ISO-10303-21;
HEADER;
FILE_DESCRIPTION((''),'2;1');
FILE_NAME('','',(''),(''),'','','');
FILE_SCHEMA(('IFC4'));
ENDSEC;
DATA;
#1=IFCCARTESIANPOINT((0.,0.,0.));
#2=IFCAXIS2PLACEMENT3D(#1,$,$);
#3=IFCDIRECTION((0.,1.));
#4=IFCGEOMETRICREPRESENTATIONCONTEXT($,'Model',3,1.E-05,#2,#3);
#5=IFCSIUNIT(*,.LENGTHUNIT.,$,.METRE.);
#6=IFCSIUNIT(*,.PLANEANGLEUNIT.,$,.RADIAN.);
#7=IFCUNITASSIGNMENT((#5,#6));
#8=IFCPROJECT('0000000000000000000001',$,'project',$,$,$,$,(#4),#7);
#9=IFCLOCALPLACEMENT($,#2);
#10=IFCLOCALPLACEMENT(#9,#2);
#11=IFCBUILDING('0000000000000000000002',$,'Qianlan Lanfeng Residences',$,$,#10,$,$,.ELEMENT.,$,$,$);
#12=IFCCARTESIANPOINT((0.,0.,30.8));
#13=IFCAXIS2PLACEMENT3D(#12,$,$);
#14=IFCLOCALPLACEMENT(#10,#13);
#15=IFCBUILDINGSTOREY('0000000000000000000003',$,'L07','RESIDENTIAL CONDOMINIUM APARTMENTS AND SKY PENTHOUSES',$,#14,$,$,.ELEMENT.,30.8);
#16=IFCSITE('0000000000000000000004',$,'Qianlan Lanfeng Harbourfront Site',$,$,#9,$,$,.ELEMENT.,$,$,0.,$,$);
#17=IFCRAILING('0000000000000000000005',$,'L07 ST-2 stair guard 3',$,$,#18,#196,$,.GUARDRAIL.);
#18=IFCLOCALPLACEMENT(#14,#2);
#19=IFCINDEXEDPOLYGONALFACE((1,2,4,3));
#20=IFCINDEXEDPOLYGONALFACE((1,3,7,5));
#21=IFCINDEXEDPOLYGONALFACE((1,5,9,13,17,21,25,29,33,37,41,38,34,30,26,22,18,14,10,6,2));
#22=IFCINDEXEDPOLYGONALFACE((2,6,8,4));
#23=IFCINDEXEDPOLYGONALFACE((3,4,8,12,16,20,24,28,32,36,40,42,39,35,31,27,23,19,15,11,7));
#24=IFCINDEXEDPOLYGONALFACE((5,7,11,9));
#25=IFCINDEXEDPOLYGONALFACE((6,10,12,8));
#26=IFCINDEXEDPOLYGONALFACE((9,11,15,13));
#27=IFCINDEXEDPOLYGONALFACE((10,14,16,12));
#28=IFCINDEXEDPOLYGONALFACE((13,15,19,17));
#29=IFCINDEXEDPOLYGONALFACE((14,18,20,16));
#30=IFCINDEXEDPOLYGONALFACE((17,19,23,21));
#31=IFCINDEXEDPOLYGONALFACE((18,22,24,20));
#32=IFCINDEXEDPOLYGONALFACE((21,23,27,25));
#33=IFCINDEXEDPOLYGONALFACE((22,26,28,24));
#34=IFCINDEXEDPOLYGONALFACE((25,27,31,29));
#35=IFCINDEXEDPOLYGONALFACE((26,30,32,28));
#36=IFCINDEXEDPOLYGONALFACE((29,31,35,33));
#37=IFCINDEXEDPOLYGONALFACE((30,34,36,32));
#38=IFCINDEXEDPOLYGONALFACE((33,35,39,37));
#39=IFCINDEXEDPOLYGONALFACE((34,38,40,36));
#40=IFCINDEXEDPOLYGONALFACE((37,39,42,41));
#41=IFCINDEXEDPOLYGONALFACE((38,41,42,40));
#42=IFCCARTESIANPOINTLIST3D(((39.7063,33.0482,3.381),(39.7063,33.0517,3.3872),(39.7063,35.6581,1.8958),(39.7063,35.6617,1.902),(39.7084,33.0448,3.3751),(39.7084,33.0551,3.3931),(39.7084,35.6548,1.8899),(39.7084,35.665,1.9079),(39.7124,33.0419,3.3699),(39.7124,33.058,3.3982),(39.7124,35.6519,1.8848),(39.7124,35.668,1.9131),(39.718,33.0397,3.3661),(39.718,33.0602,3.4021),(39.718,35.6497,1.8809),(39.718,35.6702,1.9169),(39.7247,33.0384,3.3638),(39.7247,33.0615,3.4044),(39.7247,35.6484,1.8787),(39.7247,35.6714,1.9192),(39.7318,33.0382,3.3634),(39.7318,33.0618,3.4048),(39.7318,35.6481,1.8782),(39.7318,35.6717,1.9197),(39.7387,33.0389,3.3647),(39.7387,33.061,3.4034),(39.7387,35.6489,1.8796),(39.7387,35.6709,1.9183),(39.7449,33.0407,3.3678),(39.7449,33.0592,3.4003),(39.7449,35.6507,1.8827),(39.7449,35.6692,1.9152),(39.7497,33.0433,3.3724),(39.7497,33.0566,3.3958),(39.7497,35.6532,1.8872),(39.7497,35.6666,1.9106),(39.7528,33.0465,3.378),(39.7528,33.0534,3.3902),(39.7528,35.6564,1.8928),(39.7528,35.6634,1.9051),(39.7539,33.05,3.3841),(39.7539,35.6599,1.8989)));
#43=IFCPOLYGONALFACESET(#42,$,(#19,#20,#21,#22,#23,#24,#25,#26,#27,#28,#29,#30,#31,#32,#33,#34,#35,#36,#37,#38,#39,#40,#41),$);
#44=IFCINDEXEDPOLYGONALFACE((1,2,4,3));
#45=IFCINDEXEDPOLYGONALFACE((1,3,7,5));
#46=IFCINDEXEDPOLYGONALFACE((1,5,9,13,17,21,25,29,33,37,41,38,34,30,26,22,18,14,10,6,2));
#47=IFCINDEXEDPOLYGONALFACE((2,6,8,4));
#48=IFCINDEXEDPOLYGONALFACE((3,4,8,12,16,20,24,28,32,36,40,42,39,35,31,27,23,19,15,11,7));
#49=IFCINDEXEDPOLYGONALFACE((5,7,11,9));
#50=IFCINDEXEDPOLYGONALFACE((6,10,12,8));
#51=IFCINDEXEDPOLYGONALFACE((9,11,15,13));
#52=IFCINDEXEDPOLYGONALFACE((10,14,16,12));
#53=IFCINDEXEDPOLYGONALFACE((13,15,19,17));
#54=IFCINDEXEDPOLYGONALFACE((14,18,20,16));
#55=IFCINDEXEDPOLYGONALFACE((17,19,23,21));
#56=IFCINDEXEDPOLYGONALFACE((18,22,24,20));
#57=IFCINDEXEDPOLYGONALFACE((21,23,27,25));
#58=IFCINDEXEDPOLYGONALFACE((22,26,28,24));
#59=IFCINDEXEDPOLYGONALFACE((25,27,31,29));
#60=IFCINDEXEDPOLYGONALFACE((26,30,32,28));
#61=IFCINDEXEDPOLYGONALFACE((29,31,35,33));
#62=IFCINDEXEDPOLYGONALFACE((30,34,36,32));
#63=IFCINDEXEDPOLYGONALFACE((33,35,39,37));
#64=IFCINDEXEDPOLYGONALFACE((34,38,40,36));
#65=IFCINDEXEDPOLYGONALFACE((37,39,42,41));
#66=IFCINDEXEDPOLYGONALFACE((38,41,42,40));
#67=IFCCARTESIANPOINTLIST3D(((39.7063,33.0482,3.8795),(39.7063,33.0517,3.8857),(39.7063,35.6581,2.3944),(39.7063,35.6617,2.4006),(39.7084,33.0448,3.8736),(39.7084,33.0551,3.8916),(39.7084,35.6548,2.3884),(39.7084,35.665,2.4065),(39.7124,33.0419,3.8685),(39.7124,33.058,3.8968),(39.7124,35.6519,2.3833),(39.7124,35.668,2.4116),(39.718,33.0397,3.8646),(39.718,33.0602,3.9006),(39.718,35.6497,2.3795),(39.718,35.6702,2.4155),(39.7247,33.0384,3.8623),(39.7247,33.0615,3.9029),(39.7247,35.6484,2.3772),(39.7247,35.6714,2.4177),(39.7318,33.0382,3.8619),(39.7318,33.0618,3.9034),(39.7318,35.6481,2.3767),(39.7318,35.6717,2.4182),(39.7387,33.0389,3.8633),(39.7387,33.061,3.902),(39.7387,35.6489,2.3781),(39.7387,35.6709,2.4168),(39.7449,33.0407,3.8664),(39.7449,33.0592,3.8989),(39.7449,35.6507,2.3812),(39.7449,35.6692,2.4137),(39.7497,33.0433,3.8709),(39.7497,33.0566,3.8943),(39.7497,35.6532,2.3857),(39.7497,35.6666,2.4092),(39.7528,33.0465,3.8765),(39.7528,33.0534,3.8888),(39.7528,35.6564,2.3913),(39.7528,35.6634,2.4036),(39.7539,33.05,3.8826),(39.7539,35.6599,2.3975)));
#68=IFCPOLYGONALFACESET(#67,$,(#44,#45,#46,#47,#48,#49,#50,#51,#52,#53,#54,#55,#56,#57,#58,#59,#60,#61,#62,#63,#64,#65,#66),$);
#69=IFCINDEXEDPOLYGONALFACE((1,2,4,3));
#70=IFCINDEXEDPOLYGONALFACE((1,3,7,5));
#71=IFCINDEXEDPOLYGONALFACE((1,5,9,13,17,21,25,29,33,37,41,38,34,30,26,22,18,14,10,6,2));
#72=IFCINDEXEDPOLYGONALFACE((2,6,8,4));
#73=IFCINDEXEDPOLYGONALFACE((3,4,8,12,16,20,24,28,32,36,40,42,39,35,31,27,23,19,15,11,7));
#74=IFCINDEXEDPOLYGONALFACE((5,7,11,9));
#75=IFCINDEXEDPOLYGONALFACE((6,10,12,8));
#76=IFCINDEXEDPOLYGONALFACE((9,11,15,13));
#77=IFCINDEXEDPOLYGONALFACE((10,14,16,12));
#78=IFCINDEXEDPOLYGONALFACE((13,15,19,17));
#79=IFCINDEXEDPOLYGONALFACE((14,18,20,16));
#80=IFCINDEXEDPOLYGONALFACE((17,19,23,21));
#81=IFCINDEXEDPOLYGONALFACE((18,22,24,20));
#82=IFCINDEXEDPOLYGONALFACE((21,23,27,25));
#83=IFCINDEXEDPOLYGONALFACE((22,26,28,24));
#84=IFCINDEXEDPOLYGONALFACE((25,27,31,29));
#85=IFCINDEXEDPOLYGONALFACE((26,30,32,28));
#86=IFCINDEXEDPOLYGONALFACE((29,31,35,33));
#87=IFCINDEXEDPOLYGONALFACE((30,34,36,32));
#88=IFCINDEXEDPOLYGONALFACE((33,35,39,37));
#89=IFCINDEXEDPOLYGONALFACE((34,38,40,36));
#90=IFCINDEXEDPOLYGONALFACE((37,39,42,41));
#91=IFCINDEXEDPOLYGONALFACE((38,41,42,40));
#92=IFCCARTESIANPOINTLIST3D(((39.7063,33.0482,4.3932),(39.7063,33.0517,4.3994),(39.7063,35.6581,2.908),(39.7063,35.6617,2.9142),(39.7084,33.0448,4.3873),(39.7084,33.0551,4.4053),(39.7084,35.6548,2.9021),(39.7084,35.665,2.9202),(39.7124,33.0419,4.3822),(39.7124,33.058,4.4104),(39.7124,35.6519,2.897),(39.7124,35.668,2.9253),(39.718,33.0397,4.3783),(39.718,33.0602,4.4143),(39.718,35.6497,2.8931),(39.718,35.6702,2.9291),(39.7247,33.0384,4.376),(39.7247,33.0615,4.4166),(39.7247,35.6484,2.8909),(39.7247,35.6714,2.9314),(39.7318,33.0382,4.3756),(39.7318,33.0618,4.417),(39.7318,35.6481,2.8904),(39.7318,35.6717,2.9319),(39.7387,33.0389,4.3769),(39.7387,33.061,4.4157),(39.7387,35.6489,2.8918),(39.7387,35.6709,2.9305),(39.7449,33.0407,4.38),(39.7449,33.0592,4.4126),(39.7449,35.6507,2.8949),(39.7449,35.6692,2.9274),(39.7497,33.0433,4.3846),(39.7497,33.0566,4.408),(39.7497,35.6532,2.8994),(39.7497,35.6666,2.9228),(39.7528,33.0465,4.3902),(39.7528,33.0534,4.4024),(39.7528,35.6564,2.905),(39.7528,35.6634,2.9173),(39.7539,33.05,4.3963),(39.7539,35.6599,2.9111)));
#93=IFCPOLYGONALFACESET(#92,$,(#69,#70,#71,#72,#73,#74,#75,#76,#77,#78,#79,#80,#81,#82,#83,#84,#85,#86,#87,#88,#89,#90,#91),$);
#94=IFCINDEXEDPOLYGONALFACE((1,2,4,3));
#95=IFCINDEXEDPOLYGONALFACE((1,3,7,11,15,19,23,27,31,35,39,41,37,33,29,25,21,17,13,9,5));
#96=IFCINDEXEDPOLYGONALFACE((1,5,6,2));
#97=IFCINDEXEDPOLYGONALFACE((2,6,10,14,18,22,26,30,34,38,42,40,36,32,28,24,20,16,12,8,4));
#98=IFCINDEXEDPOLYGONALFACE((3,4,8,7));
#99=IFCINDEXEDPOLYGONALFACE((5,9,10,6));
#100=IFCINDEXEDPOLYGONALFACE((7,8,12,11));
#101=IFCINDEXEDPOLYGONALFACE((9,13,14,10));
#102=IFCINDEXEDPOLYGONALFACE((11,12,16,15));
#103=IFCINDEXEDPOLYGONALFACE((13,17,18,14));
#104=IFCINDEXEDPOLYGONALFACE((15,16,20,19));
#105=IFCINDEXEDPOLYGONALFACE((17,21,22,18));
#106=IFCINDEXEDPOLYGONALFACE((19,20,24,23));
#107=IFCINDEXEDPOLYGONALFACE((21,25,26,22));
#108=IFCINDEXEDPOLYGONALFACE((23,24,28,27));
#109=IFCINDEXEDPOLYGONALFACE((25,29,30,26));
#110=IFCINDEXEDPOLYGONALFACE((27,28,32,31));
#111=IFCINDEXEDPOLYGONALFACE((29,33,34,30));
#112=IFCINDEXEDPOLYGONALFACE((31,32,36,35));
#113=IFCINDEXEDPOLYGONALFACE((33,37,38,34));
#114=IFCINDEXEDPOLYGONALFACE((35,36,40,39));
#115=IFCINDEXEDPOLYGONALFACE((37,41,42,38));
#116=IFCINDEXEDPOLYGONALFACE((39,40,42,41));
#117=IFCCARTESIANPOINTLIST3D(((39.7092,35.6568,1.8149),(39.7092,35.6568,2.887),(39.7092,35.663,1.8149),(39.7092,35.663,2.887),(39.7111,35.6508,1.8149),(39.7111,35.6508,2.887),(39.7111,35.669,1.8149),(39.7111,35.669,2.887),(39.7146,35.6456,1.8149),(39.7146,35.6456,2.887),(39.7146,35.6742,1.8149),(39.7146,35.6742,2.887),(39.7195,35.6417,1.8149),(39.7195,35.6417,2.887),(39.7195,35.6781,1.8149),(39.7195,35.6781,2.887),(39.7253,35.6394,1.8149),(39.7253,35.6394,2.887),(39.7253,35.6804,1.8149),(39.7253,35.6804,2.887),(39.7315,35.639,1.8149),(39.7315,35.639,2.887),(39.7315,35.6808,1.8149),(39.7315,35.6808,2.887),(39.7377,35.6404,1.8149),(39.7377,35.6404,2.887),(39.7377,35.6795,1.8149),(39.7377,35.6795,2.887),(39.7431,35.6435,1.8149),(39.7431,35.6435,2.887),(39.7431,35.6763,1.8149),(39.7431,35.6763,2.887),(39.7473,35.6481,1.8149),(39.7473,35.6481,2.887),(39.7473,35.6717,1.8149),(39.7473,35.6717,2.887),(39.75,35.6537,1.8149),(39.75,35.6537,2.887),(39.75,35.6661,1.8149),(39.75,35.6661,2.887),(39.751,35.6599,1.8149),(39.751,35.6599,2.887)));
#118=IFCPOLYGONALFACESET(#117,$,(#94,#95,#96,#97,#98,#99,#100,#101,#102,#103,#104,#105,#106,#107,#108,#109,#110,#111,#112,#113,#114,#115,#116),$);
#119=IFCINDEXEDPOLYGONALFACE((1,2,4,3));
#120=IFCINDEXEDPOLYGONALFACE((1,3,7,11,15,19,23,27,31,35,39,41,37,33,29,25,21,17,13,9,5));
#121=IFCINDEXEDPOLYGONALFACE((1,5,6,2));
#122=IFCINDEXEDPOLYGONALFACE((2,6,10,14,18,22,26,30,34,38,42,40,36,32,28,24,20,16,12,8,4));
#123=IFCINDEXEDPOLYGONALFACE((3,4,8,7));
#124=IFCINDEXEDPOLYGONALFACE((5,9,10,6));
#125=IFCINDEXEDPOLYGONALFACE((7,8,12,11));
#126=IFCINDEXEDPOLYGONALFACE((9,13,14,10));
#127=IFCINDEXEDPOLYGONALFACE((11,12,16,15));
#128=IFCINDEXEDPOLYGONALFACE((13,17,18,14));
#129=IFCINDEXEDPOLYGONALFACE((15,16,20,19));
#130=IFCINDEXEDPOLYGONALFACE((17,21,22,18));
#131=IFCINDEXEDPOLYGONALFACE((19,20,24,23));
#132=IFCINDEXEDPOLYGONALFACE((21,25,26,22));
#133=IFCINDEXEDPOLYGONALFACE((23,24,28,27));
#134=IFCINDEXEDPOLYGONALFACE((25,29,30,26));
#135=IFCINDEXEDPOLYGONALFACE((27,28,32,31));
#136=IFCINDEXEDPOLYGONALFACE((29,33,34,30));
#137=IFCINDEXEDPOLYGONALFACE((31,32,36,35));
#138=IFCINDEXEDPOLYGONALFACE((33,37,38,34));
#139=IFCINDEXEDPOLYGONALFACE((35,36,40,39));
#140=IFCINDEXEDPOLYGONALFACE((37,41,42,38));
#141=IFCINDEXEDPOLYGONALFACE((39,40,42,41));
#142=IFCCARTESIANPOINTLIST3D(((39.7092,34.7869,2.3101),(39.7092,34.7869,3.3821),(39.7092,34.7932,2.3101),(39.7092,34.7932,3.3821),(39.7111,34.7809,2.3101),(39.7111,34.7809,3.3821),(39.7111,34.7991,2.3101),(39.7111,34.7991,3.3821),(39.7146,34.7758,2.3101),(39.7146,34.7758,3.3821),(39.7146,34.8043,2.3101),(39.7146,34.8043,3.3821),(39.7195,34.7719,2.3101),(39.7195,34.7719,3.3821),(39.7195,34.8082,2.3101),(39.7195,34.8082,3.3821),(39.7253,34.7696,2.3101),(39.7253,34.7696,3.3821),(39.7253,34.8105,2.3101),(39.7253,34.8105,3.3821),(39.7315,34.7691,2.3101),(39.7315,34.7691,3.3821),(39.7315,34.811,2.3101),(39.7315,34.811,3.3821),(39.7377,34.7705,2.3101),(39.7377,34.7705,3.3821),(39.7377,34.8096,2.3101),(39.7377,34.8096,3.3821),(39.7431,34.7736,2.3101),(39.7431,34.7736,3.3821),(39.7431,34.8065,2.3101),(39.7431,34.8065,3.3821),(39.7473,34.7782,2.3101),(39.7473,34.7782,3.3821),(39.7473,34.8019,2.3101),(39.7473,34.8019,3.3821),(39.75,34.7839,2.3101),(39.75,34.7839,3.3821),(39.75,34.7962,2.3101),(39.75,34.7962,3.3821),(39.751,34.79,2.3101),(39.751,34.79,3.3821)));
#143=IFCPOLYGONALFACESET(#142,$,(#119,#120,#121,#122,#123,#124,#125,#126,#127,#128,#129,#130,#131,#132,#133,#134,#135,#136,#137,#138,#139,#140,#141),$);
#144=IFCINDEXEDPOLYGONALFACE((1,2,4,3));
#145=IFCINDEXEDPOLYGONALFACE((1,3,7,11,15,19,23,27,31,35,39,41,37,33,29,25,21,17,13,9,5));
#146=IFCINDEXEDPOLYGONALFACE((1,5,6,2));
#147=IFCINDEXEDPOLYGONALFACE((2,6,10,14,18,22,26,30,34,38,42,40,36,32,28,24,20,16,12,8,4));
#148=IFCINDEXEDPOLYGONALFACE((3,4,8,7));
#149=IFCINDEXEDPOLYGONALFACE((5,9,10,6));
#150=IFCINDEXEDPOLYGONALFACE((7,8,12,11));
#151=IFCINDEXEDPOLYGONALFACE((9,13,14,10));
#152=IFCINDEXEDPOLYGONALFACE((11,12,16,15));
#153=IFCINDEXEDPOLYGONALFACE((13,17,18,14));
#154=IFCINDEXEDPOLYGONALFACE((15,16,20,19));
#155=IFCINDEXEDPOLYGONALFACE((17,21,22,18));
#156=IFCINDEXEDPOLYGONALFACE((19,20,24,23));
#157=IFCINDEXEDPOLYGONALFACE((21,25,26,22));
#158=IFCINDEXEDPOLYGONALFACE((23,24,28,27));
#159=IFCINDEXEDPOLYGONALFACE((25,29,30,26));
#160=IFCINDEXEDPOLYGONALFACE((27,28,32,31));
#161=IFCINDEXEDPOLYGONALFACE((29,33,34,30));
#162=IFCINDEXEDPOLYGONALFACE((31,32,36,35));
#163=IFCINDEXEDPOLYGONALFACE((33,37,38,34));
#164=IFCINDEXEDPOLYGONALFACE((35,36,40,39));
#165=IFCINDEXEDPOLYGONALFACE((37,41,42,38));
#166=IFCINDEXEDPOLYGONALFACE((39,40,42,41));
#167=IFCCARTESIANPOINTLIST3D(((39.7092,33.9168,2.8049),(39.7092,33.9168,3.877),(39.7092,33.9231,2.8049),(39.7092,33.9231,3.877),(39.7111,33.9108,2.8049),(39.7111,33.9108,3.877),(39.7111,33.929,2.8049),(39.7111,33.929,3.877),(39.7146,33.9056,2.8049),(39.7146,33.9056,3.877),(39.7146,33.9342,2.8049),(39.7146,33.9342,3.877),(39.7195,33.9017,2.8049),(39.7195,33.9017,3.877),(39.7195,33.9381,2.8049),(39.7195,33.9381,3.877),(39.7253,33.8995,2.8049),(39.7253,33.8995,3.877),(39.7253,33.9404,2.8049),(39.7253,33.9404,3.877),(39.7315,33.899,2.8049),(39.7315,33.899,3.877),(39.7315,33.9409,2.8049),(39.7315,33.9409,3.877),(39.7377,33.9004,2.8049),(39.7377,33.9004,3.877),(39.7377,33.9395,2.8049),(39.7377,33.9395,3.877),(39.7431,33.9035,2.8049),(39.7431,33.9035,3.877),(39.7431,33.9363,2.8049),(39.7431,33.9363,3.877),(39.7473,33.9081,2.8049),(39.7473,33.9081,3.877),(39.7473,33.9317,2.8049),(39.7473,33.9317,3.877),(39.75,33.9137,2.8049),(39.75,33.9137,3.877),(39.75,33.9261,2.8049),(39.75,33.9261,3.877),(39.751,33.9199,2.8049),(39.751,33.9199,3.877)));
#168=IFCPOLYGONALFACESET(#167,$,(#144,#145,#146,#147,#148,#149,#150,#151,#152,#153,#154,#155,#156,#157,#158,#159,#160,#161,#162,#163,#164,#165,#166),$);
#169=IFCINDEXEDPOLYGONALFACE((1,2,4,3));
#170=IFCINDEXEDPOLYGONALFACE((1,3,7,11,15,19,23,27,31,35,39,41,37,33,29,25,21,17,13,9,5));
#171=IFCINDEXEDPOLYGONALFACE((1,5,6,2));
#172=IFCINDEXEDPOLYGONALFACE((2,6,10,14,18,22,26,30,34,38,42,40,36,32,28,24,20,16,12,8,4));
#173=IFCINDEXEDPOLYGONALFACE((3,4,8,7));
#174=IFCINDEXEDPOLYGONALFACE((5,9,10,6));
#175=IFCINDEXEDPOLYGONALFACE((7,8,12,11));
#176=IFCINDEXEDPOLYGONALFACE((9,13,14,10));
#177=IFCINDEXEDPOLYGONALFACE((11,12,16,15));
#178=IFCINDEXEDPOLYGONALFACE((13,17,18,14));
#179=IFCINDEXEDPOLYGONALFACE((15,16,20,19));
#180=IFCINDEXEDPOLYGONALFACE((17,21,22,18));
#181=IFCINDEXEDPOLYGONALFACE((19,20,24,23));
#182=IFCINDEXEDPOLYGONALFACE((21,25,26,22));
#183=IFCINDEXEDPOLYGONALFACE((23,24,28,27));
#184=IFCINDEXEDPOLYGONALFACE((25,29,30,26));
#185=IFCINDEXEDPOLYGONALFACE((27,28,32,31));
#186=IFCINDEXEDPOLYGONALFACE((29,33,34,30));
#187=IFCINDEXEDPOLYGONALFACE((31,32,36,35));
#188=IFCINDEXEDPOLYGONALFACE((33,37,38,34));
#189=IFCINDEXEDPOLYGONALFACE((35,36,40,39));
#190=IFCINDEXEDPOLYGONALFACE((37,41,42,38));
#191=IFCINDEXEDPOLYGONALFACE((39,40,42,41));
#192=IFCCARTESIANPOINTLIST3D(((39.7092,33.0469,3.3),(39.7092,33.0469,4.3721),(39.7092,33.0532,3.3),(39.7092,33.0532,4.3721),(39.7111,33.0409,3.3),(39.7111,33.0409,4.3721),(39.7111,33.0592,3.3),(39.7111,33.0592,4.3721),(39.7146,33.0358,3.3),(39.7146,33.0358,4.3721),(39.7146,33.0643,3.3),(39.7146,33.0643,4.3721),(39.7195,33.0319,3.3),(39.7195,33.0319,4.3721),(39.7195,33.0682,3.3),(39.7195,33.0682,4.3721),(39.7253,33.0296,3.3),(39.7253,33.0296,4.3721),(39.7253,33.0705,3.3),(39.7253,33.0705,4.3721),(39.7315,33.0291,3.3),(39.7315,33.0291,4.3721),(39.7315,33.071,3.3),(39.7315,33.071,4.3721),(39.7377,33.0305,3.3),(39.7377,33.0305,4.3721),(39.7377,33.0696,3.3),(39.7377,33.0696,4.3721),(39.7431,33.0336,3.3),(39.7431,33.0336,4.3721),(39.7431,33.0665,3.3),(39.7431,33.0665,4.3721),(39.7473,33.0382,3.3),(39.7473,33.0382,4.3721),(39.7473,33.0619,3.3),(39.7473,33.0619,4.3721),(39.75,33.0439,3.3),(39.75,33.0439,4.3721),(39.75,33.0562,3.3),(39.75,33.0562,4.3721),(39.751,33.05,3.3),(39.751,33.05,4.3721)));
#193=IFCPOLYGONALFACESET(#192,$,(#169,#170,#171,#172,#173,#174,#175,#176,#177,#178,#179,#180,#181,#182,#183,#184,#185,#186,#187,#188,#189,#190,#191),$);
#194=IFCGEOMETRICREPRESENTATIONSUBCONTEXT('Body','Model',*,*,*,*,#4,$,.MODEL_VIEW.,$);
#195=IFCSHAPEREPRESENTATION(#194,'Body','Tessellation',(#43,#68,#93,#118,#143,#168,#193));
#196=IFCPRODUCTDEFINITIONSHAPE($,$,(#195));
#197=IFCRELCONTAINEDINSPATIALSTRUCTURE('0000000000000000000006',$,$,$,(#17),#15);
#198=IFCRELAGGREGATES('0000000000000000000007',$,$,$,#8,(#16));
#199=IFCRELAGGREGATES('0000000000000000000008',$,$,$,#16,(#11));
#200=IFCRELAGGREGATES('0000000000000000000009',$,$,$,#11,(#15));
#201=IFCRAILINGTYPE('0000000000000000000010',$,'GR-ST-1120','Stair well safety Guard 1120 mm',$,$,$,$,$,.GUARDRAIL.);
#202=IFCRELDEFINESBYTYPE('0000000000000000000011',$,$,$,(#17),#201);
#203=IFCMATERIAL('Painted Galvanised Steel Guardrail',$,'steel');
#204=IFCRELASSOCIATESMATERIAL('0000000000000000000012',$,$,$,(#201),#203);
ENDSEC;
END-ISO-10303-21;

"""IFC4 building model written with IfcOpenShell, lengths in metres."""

from ifc_helpers import new_model, si_unit, direction, frame, origin, origin_2d, place, context, subcontext, project, spatial, circle, extrude, material, type_object, element, save


model = new_model("IFC4")

# Units and contexts
model_context = context("Model", 3, precision=1e-05, world=origin(), true_north=direction((0.0, 1.0)))
body_context = subcontext(model_context, "Body", "Model", "MODEL_VIEW")
ifc_project = project(units=[si_unit("LENGTHUNIT", "METRE"), si_unit("PLANEANGLEUNIT", "RADIAN")], contexts=[model_context])

# Site, building, storey
site_placement = place(None, origin())
site = spatial("IfcSite", under=ifc_project, at=site_placement, Name="Qianlan Lanfeng Harbourfront Site", CompositionType="ELEMENT", RefElevation=0.0)
building_placement = place(site_placement, origin())
building = spatial("IfcBuilding", under=site, at=building_placement, Name="Qianlan Lanfeng Residences", CompositionType="ELEMENT")
storey_placement = place(building_placement, frame((0.0, 0.0, 30.8)))
storey = spatial("IfcBuildingStorey", under=building, at=storey_placement, Name="L07", Description="RESIDENTIAL CONDOMINIUM APARTMENTS AND SKY PENTHOUSES", CompositionType="ELEMENT", Elevation=30.8)

# Railing
ifc_material_1 = material(Name="Painted Galvanised Steel Guardrail", Category="steel")
railing_type_1 = type_object("IfcRailingType", Name="GR-ST-1120", Description="Stair well safety Guard 1120 mm", PredefinedType="GUARDRAIL", material=ifc_material_1)
railing_1_placement = place(storey_placement, frame((39.73, 35.6599, 1.8149)))
element("IfcRailing", 1, at=railing_1_placement, inside=storey, type_object=railing_type_1, Name="L07 ST-2 stair guard 3", PredefinedType="GUARDRAIL", context=body_context, shape_type="SweptSolid", body=[
    extrude(circle(Radius=0.0239, at=origin_2d()), frame((0.0, 0.0, 0.084), z_axis=(0.0, -0.869137, 0.494571), x_axis=(1.0, 0.0, 0.0)), (0.0, 0.0, 1.0), 3.0029),
    extrude(circle(Radius=0.0239, at=origin_2d()), frame((0.0, 0.0, 0.5825), z_axis=(0.0, -0.869137, 0.494571), x_axis=(1.0, 0.0, 0.0)), (0.0, 0.0, 1.0), 3.0029),
    extrude(circle(Radius=0.0239, at=origin_2d()), frame((0.0, 0.0, 1.0962), z_axis=(0.0, -0.869137, 0.494571), x_axis=(1.0, 0.0, 0.0)), (0.0, 0.0, 1.0), 3.0029),
    extrude(circle(Radius=0.021, at=origin_2d()), origin(), (0.0, 0.0, 1.0), 1.072),
    extrude(circle(Radius=0.021, at=origin_2d()), frame((0.0, -0.8699, 0.4951)), (0.0, 0.0, 1.0), 1.072),
    extrude(circle(Radius=0.021, at=origin_2d()), frame((0.0, -1.74, 0.99)), (0.0, 0.0, 1.0), 1.072),
    extrude(circle(Radius=0.021, at=origin_2d()), frame((0.0, -2.6099, 1.4851)), (0.0, 0.0, 1.0), 1.072),
])

save(model, "model.ifc")
